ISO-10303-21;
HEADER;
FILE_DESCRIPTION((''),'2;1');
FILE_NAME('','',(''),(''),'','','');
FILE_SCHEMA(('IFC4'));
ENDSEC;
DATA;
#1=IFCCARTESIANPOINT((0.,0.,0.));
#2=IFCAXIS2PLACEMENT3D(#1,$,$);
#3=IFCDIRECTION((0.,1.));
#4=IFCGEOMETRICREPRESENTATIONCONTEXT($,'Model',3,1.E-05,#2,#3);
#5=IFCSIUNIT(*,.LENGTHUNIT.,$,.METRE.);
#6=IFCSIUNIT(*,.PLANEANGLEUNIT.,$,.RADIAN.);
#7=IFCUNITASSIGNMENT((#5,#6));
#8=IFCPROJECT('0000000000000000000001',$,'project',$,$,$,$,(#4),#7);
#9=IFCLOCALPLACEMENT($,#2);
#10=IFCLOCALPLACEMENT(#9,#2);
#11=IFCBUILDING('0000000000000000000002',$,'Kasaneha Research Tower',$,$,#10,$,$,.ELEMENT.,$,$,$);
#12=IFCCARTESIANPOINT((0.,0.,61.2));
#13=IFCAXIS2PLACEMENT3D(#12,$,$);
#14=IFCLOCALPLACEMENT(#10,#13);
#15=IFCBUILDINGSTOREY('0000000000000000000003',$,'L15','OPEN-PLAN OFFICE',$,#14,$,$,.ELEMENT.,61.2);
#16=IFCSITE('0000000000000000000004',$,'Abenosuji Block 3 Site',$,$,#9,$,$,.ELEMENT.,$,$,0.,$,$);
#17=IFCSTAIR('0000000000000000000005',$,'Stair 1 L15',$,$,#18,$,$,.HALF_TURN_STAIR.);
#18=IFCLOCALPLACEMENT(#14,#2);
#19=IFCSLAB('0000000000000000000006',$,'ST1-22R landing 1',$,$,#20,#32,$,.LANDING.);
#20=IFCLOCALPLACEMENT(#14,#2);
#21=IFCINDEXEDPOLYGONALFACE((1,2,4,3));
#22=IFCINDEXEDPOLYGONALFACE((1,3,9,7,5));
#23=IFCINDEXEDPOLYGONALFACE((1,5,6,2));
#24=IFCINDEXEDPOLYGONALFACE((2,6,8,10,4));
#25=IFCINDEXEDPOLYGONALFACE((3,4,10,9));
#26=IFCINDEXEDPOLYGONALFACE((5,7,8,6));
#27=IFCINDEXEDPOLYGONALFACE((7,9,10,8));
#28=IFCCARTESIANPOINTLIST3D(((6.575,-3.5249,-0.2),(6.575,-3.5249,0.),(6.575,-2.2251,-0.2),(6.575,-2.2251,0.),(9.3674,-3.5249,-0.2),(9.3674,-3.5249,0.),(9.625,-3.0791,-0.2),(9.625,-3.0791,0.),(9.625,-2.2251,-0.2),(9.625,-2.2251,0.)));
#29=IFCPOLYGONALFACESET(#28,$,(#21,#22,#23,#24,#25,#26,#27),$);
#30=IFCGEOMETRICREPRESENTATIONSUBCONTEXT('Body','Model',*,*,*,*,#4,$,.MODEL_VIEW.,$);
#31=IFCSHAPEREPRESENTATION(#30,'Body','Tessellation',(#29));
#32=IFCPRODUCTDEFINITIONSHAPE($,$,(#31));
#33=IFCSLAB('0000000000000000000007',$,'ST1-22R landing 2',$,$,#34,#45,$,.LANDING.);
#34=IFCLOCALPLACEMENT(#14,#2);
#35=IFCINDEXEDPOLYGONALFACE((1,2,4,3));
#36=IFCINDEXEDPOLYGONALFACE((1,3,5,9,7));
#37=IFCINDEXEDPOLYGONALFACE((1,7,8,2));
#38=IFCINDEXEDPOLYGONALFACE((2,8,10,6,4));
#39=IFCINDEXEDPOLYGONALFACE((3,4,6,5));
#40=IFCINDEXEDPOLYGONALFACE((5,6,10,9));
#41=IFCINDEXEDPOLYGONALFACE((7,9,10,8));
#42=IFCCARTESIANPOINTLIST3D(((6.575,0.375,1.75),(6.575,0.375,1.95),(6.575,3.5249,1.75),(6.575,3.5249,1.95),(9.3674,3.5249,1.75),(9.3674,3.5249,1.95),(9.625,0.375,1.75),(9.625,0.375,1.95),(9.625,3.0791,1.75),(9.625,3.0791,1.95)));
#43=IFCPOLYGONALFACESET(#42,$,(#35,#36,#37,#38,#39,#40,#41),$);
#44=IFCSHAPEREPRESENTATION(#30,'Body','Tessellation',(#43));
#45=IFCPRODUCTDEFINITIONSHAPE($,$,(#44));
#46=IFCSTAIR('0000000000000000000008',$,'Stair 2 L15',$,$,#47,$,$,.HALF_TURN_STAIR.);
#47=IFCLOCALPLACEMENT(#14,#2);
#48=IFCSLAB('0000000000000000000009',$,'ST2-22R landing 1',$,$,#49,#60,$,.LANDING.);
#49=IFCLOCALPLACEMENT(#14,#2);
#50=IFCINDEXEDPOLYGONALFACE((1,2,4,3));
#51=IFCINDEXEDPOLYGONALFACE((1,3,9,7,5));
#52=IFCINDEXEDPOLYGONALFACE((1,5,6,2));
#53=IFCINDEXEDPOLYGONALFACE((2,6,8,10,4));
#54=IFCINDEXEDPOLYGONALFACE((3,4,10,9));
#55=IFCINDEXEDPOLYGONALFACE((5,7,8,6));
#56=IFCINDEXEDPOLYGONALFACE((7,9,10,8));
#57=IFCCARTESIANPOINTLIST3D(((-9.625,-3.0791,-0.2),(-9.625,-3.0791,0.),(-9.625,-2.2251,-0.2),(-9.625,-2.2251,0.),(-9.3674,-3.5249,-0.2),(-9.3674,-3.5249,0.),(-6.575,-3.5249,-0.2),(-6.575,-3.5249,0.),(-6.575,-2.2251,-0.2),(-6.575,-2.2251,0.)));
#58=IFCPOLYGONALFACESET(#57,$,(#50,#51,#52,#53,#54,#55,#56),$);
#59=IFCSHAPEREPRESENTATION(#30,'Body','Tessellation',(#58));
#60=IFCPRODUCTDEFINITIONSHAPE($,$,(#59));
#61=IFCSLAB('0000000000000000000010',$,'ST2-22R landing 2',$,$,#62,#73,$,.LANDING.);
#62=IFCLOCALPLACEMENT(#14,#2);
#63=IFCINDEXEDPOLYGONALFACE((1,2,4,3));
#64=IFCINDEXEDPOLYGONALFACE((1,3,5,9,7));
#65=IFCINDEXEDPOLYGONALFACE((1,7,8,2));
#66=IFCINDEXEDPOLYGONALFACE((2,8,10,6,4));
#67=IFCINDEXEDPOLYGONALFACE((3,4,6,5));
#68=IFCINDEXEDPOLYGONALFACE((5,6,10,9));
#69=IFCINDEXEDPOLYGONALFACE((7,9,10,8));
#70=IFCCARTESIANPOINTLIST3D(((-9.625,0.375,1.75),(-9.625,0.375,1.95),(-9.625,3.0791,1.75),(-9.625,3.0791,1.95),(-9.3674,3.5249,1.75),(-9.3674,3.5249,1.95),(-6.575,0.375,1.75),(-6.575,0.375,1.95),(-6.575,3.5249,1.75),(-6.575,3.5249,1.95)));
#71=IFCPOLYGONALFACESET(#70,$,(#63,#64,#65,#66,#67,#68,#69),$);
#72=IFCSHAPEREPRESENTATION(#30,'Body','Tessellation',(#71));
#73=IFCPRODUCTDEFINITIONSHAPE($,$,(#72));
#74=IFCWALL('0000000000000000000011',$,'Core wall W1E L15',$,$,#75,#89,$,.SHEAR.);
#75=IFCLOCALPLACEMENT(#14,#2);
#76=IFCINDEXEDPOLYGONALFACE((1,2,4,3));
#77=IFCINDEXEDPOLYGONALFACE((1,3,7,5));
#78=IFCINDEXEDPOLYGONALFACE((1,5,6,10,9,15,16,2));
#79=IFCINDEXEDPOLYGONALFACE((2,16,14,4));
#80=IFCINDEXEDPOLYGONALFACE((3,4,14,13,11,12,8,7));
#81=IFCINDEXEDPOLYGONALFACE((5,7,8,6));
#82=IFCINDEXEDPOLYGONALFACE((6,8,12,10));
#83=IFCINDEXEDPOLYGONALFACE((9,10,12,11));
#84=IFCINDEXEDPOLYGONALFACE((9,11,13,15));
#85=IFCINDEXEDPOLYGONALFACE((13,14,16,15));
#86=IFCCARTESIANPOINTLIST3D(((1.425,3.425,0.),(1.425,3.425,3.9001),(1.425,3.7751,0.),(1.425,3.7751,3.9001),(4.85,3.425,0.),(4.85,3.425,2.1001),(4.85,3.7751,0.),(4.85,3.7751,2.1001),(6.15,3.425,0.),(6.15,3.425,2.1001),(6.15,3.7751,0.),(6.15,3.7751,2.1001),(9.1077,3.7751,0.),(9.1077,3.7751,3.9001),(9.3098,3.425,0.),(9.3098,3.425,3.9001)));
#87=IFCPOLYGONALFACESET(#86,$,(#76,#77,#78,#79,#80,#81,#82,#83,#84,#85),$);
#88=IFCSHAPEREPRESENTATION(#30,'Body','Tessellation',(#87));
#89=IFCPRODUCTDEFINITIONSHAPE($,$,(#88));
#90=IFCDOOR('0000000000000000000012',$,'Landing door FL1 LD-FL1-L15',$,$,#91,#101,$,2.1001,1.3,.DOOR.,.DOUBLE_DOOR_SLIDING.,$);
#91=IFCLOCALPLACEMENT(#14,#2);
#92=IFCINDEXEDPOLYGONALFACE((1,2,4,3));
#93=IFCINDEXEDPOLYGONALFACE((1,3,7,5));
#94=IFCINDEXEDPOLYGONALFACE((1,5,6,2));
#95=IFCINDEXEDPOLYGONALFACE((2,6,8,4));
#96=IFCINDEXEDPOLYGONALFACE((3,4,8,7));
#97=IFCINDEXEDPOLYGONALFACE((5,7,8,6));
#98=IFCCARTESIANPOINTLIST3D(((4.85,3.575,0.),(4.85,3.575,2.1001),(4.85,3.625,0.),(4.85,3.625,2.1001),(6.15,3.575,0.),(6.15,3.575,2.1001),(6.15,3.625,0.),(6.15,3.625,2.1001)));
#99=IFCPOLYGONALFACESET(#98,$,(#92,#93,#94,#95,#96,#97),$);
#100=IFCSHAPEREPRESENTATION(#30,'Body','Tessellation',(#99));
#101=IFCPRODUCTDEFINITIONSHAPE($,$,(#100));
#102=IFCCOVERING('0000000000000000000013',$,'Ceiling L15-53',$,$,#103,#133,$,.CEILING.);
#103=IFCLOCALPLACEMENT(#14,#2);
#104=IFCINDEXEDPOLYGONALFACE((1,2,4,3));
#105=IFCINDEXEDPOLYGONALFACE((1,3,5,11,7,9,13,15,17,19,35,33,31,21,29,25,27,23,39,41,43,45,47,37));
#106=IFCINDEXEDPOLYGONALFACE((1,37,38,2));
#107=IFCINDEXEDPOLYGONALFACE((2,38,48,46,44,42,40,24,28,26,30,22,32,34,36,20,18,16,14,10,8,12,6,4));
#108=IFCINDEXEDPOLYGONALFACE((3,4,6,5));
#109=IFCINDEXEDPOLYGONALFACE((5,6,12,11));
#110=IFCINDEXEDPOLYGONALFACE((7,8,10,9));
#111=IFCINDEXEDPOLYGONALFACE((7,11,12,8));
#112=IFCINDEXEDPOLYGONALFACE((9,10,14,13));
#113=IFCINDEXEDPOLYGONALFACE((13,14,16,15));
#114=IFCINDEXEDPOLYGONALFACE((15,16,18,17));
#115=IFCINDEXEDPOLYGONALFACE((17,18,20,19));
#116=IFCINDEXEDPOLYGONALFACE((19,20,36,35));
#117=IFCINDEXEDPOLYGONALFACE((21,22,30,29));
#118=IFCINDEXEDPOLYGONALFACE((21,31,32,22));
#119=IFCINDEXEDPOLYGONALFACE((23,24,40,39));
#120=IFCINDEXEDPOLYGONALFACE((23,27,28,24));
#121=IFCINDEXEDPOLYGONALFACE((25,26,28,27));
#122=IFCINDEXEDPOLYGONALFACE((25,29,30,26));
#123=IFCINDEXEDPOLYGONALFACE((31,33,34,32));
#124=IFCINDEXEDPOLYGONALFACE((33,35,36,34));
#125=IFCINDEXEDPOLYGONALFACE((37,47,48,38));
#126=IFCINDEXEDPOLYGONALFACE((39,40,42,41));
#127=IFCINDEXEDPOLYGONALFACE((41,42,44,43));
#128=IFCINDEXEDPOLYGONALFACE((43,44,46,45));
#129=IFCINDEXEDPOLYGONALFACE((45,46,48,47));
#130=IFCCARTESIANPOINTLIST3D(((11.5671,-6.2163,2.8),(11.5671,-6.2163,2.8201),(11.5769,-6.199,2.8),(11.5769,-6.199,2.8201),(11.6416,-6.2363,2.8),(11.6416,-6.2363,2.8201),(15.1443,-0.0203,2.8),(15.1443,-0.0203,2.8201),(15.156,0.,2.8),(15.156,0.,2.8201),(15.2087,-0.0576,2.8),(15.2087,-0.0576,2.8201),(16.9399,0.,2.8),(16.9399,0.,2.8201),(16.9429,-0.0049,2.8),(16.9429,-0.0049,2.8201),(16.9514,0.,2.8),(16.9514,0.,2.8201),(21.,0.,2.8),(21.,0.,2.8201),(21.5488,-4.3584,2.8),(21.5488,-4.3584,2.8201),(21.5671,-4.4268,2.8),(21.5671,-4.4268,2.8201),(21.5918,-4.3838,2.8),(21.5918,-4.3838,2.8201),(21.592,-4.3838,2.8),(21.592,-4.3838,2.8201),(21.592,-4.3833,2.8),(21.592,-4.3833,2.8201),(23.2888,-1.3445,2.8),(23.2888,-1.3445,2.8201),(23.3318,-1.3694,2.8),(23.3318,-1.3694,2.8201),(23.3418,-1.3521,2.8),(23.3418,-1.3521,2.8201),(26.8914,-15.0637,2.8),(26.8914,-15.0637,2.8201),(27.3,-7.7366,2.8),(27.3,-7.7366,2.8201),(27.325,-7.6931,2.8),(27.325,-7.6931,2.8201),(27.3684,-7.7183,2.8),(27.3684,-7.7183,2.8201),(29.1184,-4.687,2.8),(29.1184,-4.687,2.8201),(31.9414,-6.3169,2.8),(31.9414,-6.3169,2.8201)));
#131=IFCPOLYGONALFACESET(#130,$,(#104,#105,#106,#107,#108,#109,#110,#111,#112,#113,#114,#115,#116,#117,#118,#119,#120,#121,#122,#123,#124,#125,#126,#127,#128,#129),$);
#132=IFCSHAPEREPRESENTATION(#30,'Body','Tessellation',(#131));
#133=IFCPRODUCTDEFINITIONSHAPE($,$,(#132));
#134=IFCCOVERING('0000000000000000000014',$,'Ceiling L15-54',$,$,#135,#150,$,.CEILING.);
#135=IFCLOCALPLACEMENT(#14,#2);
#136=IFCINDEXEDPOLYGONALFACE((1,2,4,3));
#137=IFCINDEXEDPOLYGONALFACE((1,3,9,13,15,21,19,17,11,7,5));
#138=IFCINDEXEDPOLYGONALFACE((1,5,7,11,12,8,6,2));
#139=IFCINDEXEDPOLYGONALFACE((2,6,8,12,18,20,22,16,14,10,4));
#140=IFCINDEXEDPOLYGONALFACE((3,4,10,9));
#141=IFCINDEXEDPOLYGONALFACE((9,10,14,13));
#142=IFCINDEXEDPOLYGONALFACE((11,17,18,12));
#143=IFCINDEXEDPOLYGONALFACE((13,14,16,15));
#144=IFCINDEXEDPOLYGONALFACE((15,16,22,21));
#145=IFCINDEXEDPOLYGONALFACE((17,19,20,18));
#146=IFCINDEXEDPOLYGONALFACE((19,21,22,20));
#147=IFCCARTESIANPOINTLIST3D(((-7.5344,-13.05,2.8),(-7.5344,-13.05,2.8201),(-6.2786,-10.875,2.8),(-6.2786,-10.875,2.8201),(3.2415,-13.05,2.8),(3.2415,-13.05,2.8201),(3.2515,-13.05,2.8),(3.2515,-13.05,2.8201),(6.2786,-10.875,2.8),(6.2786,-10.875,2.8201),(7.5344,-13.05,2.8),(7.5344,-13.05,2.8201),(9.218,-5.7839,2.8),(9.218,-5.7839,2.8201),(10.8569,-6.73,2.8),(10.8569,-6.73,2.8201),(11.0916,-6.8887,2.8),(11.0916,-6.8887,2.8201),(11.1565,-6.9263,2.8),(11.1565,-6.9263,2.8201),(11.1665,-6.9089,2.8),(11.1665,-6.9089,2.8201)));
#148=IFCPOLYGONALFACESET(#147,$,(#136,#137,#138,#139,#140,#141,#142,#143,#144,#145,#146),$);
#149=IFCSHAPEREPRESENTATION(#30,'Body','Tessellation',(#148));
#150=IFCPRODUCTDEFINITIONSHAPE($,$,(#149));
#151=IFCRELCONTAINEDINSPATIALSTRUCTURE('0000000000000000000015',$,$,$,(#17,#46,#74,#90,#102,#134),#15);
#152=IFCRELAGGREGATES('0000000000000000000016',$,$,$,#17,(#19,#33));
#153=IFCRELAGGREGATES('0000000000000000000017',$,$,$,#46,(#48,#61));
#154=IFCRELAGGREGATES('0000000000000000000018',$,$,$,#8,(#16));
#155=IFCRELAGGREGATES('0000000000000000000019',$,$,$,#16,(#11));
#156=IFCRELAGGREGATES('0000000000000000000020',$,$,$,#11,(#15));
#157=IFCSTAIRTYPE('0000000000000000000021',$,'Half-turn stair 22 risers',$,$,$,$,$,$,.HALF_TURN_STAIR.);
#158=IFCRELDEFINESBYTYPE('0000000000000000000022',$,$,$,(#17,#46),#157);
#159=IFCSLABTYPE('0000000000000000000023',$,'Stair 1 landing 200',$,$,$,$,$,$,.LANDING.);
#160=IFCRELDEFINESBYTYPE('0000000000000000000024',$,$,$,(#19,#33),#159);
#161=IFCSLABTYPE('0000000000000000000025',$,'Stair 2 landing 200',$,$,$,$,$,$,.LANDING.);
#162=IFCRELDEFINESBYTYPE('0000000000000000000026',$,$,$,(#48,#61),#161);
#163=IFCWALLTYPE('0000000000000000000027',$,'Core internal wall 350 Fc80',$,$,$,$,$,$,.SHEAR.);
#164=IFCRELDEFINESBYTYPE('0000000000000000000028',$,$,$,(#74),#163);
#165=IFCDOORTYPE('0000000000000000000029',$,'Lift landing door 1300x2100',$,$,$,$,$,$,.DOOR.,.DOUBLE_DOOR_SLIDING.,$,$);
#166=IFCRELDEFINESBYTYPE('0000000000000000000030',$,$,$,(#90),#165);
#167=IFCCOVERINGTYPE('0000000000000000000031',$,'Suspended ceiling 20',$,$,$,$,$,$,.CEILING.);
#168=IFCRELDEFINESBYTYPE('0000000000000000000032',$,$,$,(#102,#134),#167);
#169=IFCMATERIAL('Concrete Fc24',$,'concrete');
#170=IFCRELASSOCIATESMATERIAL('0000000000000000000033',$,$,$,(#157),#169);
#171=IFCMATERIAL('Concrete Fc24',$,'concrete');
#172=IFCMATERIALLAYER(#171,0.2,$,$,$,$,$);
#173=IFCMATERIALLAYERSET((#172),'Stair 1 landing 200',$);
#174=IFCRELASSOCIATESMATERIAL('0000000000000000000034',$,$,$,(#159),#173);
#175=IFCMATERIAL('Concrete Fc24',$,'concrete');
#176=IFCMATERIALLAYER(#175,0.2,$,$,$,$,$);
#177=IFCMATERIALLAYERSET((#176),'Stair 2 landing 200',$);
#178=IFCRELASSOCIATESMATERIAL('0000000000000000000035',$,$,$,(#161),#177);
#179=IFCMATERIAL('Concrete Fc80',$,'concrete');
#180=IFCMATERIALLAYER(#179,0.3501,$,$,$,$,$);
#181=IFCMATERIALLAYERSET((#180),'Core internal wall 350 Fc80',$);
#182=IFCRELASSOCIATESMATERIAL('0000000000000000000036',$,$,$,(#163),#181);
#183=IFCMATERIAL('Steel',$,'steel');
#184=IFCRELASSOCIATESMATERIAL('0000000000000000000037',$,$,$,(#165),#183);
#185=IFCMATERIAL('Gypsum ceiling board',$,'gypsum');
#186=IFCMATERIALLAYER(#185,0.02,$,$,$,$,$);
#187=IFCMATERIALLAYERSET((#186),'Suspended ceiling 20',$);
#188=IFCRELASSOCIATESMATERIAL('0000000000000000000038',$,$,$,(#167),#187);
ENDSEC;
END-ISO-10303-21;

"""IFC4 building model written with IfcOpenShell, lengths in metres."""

from ifc_helpers import new_model, si_unit, direction, frame, frame_2d, origin, place, context, subcontext, project, spatial, polyline, rectangle, outline, extrude, material, layer, layer_set, type_object, element, fill, aggregate, save


model = new_model("IFC4")

# Units and contexts
model_context = context("Model", 3, precision=1e-05, world=origin(), true_north=direction((0.0, 1.0)))
body_context = subcontext(model_context, "Body", "Model", "MODEL_VIEW")
ifc_project = project(units=[si_unit("LENGTHUNIT", "METRE"), si_unit("PLANEANGLEUNIT", "RADIAN")], contexts=[model_context])

# Site, building, storey
site_placement = place(None, origin())
site = spatial("IfcSite", under=ifc_project, at=site_placement, Name="Abenosuji Block 3 Site", CompositionType="ELEMENT", RefElevation=0.0)
building_placement = place(site_placement, origin())
building = spatial("IfcBuilding", under=site, at=building_placement, Name="Kasaneha Research Tower", CompositionType="ELEMENT")
storey_placement = place(building_placement, frame((0.0, 0.0, 61.2)))
storey = spatial("IfcBuildingStorey", under=building, at=storey_placement, Name="L15", Description="OPEN-PLAN OFFICE", CompositionType="ELEMENT", Elevation=61.2)

# Stairs, slabs
ifc_material_1 = material(Name="Concrete Fc24", Category="concrete")
stair_type = type_object("IfcStairType", Name="Half-turn stair 22 risers", PredefinedType="HALF_TURN_STAIR", material=ifc_material_1)
stair_1_placement = place(storey_placement, origin())
stair_1 = element("IfcStair", 1, at=stair_1_placement, inside=storey, type_object=stair_type, Name="Stair 1 L15", PredefinedType="HALF_TURN_STAIR")
ifc_material_2 = material(Name="Concrete Fc24", Category="concrete")
ifc_layer_1 = layer(ifc_material_2, 0.2)
ifc_layer_set_1 = layer_set([ifc_layer_1], Name="Stair 1 landing 200")
slab_type_1 = type_object("IfcSlabType", Name="Stair 1 landing 200", PredefinedType="LANDING", material=ifc_layer_set_1)
slab_1_placement = place(storey_placement, frame((0.0, 0.0, -0.2)))
slab_1 = element("IfcSlab", 2, at=slab_1_placement, type_object=slab_type_1, Name="ST1-22R landing 1", PredefinedType="LANDING", context=body_context, shape_type="SweptSolid", body=[
    extrude(outline(polyline([(9.3674, -3.5249), (6.575, -3.5249), (6.575, -2.2251), (9.625, -2.2251), (9.625, -3.0791), (9.3674, -3.5249)])), origin(), (0.0, 0.0, 1.0), 0.2),
])
slab_2_placement = place(storey_placement, frame((0.0, 0.0, 1.75)))
slab_2 = element("IfcSlab", 3, at=slab_2_placement, type_object=slab_type_1, Name="ST1-22R landing 2", PredefinedType="LANDING", context=body_context, shape_type="SweptSolid", body=[
    extrude(outline(polyline([(6.575, 3.5249), (9.3674, 3.5249), (9.625, 3.0791), (9.625, 0.375), (6.575, 0.375), (6.575, 3.5249)])), origin(), (0.0, 0.0, 1.0), 0.2),
])
aggregate(stair_1, [slab_1, slab_2])
stair_2_placement = place(storey_placement, origin())
stair_2 = element("IfcStair", 4, at=stair_2_placement, inside=storey, type_object=stair_type, Name="Stair 2 L15", PredefinedType="HALF_TURN_STAIR")
ifc_material_3 = material(Name="Concrete Fc24", Category="concrete")
ifc_layer_2 = layer(ifc_material_3, 0.2)
ifc_layer_set_2 = layer_set([ifc_layer_2], Name="Stair 2 landing 200")
slab_type_2 = type_object("IfcSlabType", Name="Stair 2 landing 200", PredefinedType="LANDING", material=ifc_layer_set_2)
slab_3_placement = place(storey_placement, frame((0.0, 0.0, -0.2)))
slab_3 = element("IfcSlab", 5, at=slab_3_placement, type_object=slab_type_2, Name="ST2-22R landing 1", PredefinedType="LANDING", context=body_context, shape_type="SweptSolid", body=[
    extrude(outline(polyline([(-6.575, -3.5249), (-9.3674, -3.5249), (-9.625, -3.0791), (-9.625, -2.2251), (-6.575, -2.2251), (-6.575, -3.5249)])), origin(), (0.0, 0.0, 1.0), 0.2),
])
slab_4_placement = place(storey_placement, frame((0.0, 0.0, 1.75)))
slab_4 = element("IfcSlab", 6, at=slab_4_placement, type_object=slab_type_2, Name="ST2-22R landing 2", PredefinedType="LANDING", context=body_context, shape_type="SweptSolid", body=[
    extrude(outline(polyline([(-6.575, 0.375), (-9.625, 0.375), (-9.625, 3.0791), (-9.3674, 3.5249), (-6.575, 3.5249), (-6.575, 0.375)])), origin(), (0.0, 0.0, 1.0), 0.2),
])
aggregate(stair_2, [slab_3, slab_4])

# Wall, opening, door
ifc_material_4 = material(Name="Concrete Fc80", Category="concrete")
ifc_layer_3 = layer(ifc_material_4, 0.3501)
ifc_layer_set_3 = layer_set([ifc_layer_3], Name="Core internal wall 350 Fc80")
wall_type = type_object("IfcWallType", Name="Core internal wall 350 Fc80", PredefinedType="SHEAR", material=ifc_layer_set_3)
wall_placement = place(storey_placement, frame((1.425, 3.6001, 0.0), z_axis=(0.0, 0.0, 1.0), x_axis=(1.0, 0.0, 0.0)))
wall = element("IfcWall", 7, at=wall_placement, inside=storey, type_object=wall_type, Name="Core wall W1E L15", PredefinedType="SHEAR", context=body_context, shape_type="SweptSolid", body=[
    extrude(outline(polyline([(0.0, -0.175), (3.425, -0.175), (4.7251, -0.175), (7.8848, -0.175), (7.6826, 0.175), (4.7251, 0.175), (3.425, 0.175), (0.0, 0.175), (0.0, -0.175)])), origin(), (0.0, 0.0, 1.0), 3.9001),
])
opening_placement = place(wall_placement, frame((3.425, 0.0, 0.0)))
opening = element("IfcOpeningElement", 8, at=opening_placement, cuts=wall, PredefinedType="OPENING", context=body_context, shape_type="SweptSolid", body=[
    extrude(rectangle(XDim=1.3, YDim=2.1001, at=frame_2d((0.6499, 1.05))), frame((0.0, 0.1851, 0.0), z_axis=(0.0, -1.0, 0.0), x_axis=(1.0, 0.0, 0.0)), (0.0, 0.0, 1.0), 0.3701),
])
ifc_material_5 = material(Name="Steel", Category="steel")
door_type = type_object("IfcDoorType", Name="Lift landing door 1300x2100", OperationType="DOUBLE_DOOR_SLIDING", PredefinedType="DOOR", material=ifc_material_5)
door_placement = place(opening_placement, origin())
door = element("IfcDoor", 9, at=door_placement, inside=storey, type_object=door_type, Name="Landing door FL1 LD-FL1-L15", OperationType="DOUBLE_DOOR_SLIDING", OverallHeight=2.1001, OverallWidth=1.3, PredefinedType="DOOR", context=body_context, shape_type="SweptSolid", body=[
    extrude(rectangle(XDim=1.3, YDim=2.1001, at=frame_2d((0.6499, 1.05))), frame((0.0, 0.0249, 0.0), z_axis=(0.0, -1.0, 0.0), x_axis=(1.0, 0.0, 0.0)), (0.0, 0.0, 1.0), 0.05),
])
fill(opening, door)

# Coverings
ifc_material_6 = material(Name="Gypsum ceiling board", Category="gypsum")
ifc_layer_4 = layer(ifc_material_6, 0.02)
ifc_layer_set_4 = layer_set([ifc_layer_4], Name="Suspended ceiling 20")
covering_type_1 = type_object("IfcCoveringType", Name="Suspended ceiling 20", PredefinedType="CEILING", material=ifc_layer_set_4)
covering_1_placement = place(storey_placement, frame((0.0, 0.0, 2.8)))
element("IfcCovering", 10, at=covering_1_placement, inside=storey, type_object=covering_type_1, Name="Ceiling L15-53", PredefinedType="CEILING", context=body_context, shape_type="SweptSolid", body=[
    extrude(outline(polyline([(16.9399, 0.0), (16.9429, -0.0049), (16.9514, 0.0), (21.0, 0.0), (23.3418, -1.3521), (23.3318, -1.3694), (23.2888, -1.3445), (21.5488, -4.3584), (21.592, -4.3833), (21.5918, -4.3838), (21.592, -4.3838), (21.5671, -4.4268), (27.3, -7.7366), (27.325, -7.6931), (27.3684, -7.7183), (29.1184, -4.687), (31.9414, -6.3169), (26.8914, -15.0637), (11.5671, -6.2163), (11.5769, -6.199), (11.6416, -6.2363), (15.2087, -0.0576), (15.1443, -0.0203), (15.156, 0.0), (16.9399, 0.0)])), origin(), (0.0, 0.0, 1.0), 0.02),
])
covering_2_placement = place(storey_placement, frame((0.0, 0.0, 2.8)))
element("IfcCovering", 11, at=covering_2_placement, inside=storey, type_object=covering_type_1, Name="Ceiling L15-54", PredefinedType="CEILING", context=body_context, shape_type="SweptSolid", body=[
    extrude(outline(polyline([(-6.2786, -10.875), (6.2786, -10.875), (9.218, -5.7839), (10.8569, -6.73), (11.1665, -6.9089), (11.1565, -6.9263), (11.0916, -6.8887), (7.5344, -13.05), (3.2515, -13.05), (3.2415, -13.05), (-7.5344, -13.05), (-6.2786, -10.875)])), origin(), (0.0, 0.0, 1.0), 0.02),
])

save(model, "model.ifc")
